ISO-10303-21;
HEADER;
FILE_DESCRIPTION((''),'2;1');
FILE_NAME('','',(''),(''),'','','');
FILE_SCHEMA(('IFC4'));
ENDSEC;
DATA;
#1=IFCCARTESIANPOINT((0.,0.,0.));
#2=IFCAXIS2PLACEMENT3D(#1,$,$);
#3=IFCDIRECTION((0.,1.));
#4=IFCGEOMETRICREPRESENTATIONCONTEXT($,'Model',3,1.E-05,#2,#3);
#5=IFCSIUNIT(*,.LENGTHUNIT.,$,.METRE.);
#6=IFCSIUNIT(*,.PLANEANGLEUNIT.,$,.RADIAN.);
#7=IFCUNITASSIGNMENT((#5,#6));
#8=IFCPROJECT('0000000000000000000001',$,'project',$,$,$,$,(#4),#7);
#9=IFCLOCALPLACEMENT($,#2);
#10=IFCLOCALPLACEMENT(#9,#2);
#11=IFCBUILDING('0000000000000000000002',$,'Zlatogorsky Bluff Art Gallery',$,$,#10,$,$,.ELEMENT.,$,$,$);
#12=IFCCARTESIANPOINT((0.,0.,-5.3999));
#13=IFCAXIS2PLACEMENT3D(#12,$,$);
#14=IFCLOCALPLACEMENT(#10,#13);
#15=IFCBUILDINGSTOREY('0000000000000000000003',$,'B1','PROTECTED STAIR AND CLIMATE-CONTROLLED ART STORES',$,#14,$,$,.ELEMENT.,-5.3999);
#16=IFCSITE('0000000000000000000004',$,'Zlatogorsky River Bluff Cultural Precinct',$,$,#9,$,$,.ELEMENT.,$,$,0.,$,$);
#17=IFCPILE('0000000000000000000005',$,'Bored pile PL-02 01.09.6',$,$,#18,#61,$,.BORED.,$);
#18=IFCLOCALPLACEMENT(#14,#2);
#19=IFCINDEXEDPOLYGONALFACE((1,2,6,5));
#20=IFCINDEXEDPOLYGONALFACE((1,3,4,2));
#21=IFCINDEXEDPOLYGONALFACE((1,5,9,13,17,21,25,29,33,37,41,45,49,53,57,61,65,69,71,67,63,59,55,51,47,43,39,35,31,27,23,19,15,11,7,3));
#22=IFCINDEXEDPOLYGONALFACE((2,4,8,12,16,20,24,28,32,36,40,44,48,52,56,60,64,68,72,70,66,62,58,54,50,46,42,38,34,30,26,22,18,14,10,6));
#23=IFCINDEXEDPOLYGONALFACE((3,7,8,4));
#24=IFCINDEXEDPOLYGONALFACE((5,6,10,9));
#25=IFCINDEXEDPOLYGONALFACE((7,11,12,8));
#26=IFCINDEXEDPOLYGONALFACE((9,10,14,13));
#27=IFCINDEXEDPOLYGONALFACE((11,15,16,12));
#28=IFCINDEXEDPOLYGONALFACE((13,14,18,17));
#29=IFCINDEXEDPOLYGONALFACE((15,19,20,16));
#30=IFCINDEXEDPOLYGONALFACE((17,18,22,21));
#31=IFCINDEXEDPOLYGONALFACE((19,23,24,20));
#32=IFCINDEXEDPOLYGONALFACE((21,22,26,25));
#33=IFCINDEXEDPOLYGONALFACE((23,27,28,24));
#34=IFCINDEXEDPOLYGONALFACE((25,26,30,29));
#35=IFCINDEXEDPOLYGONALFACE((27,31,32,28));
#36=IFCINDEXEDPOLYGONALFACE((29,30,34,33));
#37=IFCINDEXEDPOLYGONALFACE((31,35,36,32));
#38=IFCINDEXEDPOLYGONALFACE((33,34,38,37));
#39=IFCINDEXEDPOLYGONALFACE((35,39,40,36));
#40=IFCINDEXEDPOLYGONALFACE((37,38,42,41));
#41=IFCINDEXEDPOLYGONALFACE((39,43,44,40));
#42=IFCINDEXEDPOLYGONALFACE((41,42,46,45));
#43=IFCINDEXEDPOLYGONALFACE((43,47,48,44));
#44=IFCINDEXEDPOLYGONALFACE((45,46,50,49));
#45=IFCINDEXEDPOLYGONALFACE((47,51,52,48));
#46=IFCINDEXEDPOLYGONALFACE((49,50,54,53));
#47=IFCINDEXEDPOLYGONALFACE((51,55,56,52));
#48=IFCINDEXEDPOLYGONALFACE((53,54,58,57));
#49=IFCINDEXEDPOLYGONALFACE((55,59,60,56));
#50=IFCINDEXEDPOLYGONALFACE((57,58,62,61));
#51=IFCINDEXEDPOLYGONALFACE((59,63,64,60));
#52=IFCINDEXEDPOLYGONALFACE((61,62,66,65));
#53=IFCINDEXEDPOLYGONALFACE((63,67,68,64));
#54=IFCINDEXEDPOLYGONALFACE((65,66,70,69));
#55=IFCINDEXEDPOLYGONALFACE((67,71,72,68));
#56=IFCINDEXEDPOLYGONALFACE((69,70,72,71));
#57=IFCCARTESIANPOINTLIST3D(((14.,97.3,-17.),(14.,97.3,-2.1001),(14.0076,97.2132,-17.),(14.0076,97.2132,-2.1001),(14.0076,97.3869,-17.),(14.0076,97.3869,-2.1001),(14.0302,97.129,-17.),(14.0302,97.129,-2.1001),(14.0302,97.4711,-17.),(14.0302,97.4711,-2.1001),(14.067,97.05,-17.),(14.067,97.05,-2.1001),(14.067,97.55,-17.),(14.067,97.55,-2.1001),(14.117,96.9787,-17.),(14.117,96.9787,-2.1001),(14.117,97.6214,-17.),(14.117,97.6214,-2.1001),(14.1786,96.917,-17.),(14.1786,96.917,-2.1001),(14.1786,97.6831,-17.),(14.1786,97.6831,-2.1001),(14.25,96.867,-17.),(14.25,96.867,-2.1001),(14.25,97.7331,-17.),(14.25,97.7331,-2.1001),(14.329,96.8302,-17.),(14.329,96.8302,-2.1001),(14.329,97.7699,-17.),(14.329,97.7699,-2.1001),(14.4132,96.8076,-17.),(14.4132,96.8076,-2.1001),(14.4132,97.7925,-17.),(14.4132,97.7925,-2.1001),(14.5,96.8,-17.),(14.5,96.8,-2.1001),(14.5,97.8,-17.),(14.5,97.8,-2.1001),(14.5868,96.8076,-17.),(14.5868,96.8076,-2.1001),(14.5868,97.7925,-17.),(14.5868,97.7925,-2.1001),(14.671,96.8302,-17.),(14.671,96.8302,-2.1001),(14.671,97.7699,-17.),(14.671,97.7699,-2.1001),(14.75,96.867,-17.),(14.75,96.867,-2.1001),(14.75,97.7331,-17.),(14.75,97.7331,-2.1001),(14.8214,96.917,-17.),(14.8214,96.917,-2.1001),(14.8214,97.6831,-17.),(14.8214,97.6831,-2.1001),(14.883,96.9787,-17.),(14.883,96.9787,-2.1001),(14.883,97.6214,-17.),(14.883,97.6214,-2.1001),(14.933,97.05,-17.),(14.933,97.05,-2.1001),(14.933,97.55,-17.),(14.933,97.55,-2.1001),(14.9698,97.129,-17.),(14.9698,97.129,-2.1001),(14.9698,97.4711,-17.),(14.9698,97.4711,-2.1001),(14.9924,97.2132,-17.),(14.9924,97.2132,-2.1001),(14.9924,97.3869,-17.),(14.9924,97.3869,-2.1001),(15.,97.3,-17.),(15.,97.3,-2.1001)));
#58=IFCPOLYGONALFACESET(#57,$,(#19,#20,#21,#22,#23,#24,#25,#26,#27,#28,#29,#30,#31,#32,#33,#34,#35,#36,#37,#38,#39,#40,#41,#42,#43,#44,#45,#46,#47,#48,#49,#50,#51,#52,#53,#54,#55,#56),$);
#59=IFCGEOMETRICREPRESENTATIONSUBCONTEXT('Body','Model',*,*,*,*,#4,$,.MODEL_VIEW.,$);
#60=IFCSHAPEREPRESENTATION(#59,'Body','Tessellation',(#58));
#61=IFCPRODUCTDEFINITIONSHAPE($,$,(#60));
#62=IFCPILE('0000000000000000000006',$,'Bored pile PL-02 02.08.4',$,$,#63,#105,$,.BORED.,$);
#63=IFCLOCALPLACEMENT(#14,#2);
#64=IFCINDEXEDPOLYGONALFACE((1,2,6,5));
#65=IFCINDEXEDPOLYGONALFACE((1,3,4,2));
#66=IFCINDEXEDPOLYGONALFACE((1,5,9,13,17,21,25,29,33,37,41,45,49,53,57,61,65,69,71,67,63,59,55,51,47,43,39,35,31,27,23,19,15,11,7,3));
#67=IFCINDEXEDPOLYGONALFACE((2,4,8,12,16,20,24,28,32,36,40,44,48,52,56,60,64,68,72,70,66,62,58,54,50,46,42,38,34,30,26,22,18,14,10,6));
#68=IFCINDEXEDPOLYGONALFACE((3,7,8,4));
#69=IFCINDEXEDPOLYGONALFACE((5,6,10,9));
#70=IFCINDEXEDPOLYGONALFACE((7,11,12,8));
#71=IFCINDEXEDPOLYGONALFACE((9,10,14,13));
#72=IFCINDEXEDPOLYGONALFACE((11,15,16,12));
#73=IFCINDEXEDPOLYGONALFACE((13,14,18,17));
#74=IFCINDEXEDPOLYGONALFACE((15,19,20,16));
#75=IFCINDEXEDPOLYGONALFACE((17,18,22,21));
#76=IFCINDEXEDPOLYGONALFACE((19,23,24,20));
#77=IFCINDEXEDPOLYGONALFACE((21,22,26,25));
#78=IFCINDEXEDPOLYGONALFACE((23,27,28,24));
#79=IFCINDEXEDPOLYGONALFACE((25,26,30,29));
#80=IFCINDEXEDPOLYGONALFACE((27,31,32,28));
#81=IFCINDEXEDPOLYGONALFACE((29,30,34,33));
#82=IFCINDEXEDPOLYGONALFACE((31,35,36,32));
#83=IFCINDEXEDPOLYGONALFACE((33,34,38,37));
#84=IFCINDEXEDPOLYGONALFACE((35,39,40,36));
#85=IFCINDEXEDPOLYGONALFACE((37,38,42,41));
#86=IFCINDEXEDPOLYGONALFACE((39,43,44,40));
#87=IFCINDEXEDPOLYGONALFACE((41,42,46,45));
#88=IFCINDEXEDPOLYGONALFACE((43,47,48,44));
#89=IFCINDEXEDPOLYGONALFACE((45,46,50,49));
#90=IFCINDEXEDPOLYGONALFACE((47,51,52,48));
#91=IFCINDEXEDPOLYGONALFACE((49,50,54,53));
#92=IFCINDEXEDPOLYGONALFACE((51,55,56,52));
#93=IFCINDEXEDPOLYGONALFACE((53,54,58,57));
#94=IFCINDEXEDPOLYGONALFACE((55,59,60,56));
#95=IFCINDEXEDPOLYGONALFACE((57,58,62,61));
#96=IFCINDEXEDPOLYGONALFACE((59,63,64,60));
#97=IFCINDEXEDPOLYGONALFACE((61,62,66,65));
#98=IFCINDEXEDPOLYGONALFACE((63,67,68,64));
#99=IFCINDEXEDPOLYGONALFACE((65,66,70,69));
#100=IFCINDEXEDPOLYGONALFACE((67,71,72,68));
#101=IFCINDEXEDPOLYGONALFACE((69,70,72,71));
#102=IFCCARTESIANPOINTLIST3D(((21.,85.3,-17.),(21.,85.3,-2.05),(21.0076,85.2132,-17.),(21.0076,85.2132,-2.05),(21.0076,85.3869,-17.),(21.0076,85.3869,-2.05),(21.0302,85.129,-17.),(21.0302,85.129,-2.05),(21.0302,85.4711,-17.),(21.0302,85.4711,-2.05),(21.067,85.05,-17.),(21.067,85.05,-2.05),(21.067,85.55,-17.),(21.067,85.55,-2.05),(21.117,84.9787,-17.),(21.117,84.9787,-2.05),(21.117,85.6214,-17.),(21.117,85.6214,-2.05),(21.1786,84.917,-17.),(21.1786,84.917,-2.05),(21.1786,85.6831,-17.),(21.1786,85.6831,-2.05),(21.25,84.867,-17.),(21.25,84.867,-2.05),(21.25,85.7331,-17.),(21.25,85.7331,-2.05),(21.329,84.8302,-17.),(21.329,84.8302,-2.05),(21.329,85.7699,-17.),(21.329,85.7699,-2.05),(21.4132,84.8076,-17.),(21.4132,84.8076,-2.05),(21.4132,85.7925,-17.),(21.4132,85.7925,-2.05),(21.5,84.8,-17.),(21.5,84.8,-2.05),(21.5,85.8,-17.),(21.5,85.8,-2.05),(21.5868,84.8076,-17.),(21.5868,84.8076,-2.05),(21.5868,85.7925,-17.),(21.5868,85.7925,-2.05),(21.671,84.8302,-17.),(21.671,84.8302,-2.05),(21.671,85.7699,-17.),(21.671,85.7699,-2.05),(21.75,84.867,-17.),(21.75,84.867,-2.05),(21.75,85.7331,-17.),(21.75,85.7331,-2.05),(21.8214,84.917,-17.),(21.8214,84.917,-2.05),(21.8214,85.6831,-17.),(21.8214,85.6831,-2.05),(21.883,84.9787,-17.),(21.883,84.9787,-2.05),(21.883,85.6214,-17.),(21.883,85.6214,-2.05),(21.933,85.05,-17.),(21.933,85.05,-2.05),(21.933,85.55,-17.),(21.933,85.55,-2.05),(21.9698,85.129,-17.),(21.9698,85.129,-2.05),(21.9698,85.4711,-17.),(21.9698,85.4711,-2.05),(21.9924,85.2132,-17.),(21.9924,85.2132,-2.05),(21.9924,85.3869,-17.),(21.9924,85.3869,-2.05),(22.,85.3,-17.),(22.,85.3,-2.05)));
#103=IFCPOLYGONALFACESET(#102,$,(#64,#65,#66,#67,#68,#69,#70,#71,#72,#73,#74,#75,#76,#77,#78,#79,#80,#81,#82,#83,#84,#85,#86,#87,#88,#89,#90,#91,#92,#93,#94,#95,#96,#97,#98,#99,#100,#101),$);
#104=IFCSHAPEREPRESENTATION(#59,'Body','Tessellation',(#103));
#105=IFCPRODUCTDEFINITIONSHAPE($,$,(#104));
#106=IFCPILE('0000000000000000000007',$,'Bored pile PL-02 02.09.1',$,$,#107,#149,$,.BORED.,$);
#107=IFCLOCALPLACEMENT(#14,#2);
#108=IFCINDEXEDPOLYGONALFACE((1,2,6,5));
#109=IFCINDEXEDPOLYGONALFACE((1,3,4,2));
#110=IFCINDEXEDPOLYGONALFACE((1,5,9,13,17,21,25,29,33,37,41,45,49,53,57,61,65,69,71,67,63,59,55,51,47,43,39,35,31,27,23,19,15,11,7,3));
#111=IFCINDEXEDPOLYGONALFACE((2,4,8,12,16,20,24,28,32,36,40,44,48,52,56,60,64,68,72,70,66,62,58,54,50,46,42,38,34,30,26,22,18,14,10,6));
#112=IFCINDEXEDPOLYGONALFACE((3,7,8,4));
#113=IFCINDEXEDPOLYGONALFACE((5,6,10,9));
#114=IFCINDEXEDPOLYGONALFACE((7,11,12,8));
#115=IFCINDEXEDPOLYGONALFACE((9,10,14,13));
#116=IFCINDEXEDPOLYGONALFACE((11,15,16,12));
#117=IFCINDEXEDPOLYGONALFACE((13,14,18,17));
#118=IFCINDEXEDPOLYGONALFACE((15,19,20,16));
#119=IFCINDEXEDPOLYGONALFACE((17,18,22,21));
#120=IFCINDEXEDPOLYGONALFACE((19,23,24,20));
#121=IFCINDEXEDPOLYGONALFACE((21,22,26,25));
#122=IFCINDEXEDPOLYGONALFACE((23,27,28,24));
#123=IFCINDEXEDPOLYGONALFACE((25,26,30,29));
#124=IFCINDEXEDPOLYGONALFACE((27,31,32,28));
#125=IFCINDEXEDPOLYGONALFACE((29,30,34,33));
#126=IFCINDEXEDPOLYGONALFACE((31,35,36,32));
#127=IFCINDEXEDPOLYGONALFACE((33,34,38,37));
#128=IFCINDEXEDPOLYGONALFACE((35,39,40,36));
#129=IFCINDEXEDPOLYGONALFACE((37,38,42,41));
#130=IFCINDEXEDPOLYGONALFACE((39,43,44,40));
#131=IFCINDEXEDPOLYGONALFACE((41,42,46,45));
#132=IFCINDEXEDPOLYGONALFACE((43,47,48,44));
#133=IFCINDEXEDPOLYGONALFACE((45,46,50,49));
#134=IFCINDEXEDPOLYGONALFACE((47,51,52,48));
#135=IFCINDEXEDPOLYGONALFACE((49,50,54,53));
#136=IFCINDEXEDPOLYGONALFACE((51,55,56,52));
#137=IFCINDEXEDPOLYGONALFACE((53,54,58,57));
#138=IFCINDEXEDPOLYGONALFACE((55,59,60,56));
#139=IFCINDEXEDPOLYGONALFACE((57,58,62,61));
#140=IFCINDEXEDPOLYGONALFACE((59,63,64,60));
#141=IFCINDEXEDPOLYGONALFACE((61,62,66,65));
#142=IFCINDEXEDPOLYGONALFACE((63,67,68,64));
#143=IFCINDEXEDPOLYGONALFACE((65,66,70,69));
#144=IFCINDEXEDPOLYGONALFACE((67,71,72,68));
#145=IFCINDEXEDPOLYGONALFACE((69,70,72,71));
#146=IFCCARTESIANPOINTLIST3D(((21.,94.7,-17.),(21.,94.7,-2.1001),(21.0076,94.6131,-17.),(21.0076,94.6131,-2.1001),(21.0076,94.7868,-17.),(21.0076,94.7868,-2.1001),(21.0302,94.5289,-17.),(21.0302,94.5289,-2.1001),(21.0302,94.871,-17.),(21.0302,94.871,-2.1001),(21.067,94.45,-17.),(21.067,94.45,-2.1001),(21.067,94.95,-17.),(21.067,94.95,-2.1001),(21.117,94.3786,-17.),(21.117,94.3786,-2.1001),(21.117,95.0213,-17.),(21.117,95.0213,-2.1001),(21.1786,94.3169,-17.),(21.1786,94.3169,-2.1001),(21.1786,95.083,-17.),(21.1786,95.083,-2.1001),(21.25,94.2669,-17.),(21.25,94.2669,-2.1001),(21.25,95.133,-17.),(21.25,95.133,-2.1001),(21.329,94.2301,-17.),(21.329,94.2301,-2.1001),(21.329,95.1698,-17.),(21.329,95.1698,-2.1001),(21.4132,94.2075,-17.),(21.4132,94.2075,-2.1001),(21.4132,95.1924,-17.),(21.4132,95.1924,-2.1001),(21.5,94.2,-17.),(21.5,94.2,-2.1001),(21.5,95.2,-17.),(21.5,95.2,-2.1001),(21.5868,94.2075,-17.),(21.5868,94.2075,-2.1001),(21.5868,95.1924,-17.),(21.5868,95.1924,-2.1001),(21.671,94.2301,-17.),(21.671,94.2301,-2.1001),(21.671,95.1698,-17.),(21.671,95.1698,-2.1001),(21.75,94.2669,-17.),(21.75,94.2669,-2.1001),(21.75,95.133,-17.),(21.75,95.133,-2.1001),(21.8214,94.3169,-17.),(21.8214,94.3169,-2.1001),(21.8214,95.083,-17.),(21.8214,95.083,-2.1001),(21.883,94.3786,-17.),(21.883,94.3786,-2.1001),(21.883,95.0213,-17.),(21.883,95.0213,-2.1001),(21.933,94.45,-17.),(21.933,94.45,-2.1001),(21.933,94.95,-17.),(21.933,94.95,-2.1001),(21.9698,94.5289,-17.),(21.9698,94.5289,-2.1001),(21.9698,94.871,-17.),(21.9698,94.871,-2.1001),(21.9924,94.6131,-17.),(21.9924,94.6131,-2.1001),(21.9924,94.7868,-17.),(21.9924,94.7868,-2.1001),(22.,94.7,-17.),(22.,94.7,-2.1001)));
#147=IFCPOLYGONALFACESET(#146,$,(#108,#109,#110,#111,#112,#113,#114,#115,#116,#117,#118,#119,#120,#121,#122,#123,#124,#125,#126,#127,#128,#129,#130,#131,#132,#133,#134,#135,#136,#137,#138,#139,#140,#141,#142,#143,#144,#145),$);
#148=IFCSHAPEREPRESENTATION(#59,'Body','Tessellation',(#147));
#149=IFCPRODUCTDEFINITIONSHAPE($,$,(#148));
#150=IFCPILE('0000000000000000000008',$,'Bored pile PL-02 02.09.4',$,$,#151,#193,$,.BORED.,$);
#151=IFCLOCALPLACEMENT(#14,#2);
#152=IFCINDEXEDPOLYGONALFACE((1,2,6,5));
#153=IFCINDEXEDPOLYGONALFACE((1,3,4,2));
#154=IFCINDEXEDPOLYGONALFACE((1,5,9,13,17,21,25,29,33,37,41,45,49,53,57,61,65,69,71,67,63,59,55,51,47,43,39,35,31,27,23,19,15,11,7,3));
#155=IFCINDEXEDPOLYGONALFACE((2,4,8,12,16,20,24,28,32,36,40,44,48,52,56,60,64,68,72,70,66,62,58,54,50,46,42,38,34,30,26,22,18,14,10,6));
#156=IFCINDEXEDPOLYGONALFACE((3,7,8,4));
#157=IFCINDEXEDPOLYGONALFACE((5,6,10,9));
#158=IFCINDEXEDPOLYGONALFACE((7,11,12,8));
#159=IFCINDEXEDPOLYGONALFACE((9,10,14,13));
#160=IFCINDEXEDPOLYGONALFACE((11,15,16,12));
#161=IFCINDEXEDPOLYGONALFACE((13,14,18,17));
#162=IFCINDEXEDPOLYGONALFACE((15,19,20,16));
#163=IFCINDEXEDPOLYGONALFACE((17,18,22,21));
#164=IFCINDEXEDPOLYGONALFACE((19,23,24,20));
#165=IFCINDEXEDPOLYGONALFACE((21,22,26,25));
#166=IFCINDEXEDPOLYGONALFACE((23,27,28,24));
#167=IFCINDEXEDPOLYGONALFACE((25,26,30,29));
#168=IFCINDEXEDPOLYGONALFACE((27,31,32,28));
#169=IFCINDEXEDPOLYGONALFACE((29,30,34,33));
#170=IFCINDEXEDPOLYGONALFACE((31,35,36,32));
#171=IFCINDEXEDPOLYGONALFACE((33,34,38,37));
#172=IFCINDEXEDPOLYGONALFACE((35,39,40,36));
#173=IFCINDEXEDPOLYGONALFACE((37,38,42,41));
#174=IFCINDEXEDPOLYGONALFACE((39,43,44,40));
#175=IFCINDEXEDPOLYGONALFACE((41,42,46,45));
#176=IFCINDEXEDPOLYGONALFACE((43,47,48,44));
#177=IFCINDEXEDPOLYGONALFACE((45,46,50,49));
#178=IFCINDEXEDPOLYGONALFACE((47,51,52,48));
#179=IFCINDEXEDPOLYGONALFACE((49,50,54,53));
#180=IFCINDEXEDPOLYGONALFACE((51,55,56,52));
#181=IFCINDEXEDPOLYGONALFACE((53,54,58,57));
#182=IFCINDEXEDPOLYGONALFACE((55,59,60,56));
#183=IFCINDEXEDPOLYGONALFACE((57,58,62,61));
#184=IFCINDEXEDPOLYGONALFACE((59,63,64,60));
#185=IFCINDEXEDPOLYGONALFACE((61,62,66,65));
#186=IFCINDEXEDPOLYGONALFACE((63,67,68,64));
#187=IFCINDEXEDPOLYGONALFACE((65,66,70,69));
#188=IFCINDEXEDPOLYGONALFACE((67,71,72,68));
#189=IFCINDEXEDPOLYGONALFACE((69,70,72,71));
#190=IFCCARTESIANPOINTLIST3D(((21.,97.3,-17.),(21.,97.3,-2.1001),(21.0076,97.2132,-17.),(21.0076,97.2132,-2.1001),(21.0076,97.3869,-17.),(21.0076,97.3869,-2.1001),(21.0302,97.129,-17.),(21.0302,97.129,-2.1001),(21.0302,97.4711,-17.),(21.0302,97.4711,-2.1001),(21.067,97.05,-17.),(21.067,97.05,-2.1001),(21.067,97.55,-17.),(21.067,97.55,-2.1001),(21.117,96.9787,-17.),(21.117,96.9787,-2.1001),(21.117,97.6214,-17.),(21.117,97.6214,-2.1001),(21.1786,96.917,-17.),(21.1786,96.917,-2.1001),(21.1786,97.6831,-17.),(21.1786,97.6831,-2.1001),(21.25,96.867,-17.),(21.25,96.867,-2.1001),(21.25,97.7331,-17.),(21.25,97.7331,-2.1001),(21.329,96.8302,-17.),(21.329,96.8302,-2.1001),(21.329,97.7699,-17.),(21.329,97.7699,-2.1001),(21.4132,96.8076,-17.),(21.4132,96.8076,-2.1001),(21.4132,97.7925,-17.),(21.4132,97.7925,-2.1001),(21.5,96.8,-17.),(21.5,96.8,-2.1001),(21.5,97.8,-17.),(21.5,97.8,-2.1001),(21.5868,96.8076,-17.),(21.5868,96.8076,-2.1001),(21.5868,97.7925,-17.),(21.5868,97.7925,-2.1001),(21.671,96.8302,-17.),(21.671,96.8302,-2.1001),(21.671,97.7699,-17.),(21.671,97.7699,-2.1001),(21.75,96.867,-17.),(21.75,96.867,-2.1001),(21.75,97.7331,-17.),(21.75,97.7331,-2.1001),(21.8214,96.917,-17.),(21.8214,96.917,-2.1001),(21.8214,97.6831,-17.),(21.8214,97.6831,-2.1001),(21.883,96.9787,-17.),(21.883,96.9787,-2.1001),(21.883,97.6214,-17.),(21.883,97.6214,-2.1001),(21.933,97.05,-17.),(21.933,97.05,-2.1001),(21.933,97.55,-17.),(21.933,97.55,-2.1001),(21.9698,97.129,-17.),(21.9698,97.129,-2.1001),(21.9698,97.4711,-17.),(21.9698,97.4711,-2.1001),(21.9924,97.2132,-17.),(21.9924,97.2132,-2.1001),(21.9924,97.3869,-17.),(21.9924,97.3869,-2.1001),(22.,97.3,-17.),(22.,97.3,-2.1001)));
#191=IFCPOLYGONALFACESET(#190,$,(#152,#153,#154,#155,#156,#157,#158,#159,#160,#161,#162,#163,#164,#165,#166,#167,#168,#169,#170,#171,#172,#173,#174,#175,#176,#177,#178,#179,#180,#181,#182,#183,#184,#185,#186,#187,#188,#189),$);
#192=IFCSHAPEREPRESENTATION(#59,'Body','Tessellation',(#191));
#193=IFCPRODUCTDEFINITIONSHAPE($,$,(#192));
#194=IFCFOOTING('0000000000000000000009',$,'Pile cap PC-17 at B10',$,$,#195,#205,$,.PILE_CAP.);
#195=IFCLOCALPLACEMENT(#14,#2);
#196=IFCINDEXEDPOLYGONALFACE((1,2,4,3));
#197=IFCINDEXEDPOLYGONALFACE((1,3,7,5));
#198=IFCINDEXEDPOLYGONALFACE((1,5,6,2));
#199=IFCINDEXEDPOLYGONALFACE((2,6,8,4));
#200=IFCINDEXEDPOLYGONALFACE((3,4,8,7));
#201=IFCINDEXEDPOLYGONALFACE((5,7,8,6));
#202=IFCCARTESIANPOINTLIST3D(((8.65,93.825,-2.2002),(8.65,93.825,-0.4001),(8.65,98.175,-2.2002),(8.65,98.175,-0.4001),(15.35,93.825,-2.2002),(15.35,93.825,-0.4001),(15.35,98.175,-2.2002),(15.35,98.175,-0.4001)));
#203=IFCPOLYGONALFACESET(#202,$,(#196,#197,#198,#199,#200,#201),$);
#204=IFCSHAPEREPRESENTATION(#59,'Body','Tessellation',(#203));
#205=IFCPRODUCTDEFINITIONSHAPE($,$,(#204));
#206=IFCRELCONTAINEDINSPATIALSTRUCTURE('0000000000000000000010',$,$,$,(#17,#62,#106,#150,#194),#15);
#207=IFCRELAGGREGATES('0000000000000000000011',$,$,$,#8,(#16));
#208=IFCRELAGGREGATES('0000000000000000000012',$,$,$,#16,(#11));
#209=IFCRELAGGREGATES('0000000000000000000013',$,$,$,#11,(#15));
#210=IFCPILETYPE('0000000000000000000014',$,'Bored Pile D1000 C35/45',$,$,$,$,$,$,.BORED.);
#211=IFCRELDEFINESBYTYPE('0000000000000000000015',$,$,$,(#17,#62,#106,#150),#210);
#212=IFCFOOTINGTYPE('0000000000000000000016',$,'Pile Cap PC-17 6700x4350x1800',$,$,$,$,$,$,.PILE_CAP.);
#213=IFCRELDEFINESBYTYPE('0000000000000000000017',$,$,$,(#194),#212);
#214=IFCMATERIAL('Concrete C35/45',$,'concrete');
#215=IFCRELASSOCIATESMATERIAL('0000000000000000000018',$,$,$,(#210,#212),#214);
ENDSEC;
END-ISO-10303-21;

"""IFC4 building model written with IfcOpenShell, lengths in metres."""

from ifc_helpers import new_model, si_unit, direction, frame, origin, origin_2d, place, context, subcontext, project, spatial, rectangle, circle, extrude, material, material_profile, profile_set, type_object, element, save


model = new_model("IFC4")

# Units and contexts
model_context = context("Model", 3, precision=1e-05, world=origin(), true_north=direction((0.0, 1.0)))
body_context = subcontext(model_context, "Body", "Model", "MODEL_VIEW")
ifc_project = project(units=[si_unit("LENGTHUNIT", "METRE"), si_unit("PLANEANGLEUNIT", "RADIAN")], contexts=[model_context])

# Site, building, storey
site_placement = place(None, origin())
site = spatial("IfcSite", under=ifc_project, at=site_placement, Name="Zlatogorsky River Bluff Cultural Precinct", CompositionType="ELEMENT", RefElevation=0.0)
building_placement = place(site_placement, origin())
building = spatial("IfcBuilding", under=site, at=building_placement, Name="Zlatogorsky Bluff Art Gallery", CompositionType="ELEMENT")
storey_placement = place(building_placement, frame((0.0, 0.0, -5.3999)))
storey = spatial("IfcBuildingStorey", under=building, at=storey_placement, Name="B1", Description="PROTECTED STAIR AND CLIMATE-CONTROLLED ART STORES", CompositionType="ELEMENT", Elevation=-5.3999)

# Piles
ifc_material_1 = material(Name="Concrete C35/45", Category="concrete")
ifc_material_profile_1 = material_profile(ifc_material_1, circle(Radius=0.5, at=origin_2d()), Name="BORED PILE D1000")
ifc_profile_set_1 = profile_set([ifc_material_profile_1], Name="Concrete C35/45")
pile_type = type_object("IfcPileType", Name="Bored Pile D1000 C35/45", PredefinedType="BORED", material=ifc_profile_set_1)
for number, where, z_axis, x_axis, name in (
    (1, (14.5, 97.3, -2.1001), (0.0, 0.0, -1.0), (1.0, 0.0, 0.0), "Bored pile PL-02 01.09.6"),
):
    element("IfcPile", number, at=place(storey_placement, frame(where, z_axis=z_axis, x_axis=x_axis)), inside=storey, type_object=pile_type, Name=name, PredefinedType="BORED", context=body_context, shape_type="SweptSolid", body=[
        extrude(circle(Radius=0.5, at=origin_2d()), origin(), (0.0, 0.0, 1.0), 14.8999),
    ])
pile_placement = place(storey_placement, frame((21.5, 85.3, -2.05), z_axis=(0.0, 0.0, -1.0), x_axis=(1.0, 0.0, 0.0)))
element("IfcPile", 2, at=pile_placement, inside=storey, type_object=pile_type, Name="Bored pile PL-02 02.08.4", PredefinedType="BORED", context=body_context, shape_type="SweptSolid", body=[
    extrude(circle(Radius=0.5, at=origin_2d()), origin(), (0.0, 0.0, 1.0), 14.95),
])
for number, where, z_axis, x_axis, name in (
    (3, (21.5, 94.7, -2.1001), (0.0, 0.0, -1.0), (1.0, 0.0, 0.0), "Bored pile PL-02 02.09.1"),
    (4, (21.5, 97.3, -2.1001), (0.0, 0.0, -1.0), (1.0, 0.0, 0.0), "Bored pile PL-02 02.09.4"),
):
    element("IfcPile", number, at=place(storey_placement, frame(where, z_axis=z_axis, x_axis=x_axis)), inside=storey, type_object=pile_type, Name=name, PredefinedType="BORED", context=body_context, shape_type="SweptSolid", body=[
        extrude(circle(Radius=0.5, at=origin_2d()), origin(), (0.0, 0.0, 1.0), 14.8999),
    ])

# Footing
footing_type = type_object("IfcFootingType", Name="Pile Cap PC-17 6700x4350x1800", PredefinedType="PILE_CAP", material=ifc_material_1)
footing_placement = place(storey_placement, frame((12.0, 96.0, -2.2002), z_axis=(0.0, 0.0, 1.0), x_axis=(1.0, 0.0, 0.0)))
element("IfcFooting", 5, at=footing_placement, inside=storey, type_object=footing_type, Name="Pile cap PC-17 at B10", PredefinedType="PILE_CAP", context=body_context, shape_type="SweptSolid", body=[
    extrude(rectangle(XDim=6.7, YDim=4.3501, at=origin_2d()), origin(), (0.0, 0.0, 1.0), 1.8),
])

save(model, "model.ifc")
